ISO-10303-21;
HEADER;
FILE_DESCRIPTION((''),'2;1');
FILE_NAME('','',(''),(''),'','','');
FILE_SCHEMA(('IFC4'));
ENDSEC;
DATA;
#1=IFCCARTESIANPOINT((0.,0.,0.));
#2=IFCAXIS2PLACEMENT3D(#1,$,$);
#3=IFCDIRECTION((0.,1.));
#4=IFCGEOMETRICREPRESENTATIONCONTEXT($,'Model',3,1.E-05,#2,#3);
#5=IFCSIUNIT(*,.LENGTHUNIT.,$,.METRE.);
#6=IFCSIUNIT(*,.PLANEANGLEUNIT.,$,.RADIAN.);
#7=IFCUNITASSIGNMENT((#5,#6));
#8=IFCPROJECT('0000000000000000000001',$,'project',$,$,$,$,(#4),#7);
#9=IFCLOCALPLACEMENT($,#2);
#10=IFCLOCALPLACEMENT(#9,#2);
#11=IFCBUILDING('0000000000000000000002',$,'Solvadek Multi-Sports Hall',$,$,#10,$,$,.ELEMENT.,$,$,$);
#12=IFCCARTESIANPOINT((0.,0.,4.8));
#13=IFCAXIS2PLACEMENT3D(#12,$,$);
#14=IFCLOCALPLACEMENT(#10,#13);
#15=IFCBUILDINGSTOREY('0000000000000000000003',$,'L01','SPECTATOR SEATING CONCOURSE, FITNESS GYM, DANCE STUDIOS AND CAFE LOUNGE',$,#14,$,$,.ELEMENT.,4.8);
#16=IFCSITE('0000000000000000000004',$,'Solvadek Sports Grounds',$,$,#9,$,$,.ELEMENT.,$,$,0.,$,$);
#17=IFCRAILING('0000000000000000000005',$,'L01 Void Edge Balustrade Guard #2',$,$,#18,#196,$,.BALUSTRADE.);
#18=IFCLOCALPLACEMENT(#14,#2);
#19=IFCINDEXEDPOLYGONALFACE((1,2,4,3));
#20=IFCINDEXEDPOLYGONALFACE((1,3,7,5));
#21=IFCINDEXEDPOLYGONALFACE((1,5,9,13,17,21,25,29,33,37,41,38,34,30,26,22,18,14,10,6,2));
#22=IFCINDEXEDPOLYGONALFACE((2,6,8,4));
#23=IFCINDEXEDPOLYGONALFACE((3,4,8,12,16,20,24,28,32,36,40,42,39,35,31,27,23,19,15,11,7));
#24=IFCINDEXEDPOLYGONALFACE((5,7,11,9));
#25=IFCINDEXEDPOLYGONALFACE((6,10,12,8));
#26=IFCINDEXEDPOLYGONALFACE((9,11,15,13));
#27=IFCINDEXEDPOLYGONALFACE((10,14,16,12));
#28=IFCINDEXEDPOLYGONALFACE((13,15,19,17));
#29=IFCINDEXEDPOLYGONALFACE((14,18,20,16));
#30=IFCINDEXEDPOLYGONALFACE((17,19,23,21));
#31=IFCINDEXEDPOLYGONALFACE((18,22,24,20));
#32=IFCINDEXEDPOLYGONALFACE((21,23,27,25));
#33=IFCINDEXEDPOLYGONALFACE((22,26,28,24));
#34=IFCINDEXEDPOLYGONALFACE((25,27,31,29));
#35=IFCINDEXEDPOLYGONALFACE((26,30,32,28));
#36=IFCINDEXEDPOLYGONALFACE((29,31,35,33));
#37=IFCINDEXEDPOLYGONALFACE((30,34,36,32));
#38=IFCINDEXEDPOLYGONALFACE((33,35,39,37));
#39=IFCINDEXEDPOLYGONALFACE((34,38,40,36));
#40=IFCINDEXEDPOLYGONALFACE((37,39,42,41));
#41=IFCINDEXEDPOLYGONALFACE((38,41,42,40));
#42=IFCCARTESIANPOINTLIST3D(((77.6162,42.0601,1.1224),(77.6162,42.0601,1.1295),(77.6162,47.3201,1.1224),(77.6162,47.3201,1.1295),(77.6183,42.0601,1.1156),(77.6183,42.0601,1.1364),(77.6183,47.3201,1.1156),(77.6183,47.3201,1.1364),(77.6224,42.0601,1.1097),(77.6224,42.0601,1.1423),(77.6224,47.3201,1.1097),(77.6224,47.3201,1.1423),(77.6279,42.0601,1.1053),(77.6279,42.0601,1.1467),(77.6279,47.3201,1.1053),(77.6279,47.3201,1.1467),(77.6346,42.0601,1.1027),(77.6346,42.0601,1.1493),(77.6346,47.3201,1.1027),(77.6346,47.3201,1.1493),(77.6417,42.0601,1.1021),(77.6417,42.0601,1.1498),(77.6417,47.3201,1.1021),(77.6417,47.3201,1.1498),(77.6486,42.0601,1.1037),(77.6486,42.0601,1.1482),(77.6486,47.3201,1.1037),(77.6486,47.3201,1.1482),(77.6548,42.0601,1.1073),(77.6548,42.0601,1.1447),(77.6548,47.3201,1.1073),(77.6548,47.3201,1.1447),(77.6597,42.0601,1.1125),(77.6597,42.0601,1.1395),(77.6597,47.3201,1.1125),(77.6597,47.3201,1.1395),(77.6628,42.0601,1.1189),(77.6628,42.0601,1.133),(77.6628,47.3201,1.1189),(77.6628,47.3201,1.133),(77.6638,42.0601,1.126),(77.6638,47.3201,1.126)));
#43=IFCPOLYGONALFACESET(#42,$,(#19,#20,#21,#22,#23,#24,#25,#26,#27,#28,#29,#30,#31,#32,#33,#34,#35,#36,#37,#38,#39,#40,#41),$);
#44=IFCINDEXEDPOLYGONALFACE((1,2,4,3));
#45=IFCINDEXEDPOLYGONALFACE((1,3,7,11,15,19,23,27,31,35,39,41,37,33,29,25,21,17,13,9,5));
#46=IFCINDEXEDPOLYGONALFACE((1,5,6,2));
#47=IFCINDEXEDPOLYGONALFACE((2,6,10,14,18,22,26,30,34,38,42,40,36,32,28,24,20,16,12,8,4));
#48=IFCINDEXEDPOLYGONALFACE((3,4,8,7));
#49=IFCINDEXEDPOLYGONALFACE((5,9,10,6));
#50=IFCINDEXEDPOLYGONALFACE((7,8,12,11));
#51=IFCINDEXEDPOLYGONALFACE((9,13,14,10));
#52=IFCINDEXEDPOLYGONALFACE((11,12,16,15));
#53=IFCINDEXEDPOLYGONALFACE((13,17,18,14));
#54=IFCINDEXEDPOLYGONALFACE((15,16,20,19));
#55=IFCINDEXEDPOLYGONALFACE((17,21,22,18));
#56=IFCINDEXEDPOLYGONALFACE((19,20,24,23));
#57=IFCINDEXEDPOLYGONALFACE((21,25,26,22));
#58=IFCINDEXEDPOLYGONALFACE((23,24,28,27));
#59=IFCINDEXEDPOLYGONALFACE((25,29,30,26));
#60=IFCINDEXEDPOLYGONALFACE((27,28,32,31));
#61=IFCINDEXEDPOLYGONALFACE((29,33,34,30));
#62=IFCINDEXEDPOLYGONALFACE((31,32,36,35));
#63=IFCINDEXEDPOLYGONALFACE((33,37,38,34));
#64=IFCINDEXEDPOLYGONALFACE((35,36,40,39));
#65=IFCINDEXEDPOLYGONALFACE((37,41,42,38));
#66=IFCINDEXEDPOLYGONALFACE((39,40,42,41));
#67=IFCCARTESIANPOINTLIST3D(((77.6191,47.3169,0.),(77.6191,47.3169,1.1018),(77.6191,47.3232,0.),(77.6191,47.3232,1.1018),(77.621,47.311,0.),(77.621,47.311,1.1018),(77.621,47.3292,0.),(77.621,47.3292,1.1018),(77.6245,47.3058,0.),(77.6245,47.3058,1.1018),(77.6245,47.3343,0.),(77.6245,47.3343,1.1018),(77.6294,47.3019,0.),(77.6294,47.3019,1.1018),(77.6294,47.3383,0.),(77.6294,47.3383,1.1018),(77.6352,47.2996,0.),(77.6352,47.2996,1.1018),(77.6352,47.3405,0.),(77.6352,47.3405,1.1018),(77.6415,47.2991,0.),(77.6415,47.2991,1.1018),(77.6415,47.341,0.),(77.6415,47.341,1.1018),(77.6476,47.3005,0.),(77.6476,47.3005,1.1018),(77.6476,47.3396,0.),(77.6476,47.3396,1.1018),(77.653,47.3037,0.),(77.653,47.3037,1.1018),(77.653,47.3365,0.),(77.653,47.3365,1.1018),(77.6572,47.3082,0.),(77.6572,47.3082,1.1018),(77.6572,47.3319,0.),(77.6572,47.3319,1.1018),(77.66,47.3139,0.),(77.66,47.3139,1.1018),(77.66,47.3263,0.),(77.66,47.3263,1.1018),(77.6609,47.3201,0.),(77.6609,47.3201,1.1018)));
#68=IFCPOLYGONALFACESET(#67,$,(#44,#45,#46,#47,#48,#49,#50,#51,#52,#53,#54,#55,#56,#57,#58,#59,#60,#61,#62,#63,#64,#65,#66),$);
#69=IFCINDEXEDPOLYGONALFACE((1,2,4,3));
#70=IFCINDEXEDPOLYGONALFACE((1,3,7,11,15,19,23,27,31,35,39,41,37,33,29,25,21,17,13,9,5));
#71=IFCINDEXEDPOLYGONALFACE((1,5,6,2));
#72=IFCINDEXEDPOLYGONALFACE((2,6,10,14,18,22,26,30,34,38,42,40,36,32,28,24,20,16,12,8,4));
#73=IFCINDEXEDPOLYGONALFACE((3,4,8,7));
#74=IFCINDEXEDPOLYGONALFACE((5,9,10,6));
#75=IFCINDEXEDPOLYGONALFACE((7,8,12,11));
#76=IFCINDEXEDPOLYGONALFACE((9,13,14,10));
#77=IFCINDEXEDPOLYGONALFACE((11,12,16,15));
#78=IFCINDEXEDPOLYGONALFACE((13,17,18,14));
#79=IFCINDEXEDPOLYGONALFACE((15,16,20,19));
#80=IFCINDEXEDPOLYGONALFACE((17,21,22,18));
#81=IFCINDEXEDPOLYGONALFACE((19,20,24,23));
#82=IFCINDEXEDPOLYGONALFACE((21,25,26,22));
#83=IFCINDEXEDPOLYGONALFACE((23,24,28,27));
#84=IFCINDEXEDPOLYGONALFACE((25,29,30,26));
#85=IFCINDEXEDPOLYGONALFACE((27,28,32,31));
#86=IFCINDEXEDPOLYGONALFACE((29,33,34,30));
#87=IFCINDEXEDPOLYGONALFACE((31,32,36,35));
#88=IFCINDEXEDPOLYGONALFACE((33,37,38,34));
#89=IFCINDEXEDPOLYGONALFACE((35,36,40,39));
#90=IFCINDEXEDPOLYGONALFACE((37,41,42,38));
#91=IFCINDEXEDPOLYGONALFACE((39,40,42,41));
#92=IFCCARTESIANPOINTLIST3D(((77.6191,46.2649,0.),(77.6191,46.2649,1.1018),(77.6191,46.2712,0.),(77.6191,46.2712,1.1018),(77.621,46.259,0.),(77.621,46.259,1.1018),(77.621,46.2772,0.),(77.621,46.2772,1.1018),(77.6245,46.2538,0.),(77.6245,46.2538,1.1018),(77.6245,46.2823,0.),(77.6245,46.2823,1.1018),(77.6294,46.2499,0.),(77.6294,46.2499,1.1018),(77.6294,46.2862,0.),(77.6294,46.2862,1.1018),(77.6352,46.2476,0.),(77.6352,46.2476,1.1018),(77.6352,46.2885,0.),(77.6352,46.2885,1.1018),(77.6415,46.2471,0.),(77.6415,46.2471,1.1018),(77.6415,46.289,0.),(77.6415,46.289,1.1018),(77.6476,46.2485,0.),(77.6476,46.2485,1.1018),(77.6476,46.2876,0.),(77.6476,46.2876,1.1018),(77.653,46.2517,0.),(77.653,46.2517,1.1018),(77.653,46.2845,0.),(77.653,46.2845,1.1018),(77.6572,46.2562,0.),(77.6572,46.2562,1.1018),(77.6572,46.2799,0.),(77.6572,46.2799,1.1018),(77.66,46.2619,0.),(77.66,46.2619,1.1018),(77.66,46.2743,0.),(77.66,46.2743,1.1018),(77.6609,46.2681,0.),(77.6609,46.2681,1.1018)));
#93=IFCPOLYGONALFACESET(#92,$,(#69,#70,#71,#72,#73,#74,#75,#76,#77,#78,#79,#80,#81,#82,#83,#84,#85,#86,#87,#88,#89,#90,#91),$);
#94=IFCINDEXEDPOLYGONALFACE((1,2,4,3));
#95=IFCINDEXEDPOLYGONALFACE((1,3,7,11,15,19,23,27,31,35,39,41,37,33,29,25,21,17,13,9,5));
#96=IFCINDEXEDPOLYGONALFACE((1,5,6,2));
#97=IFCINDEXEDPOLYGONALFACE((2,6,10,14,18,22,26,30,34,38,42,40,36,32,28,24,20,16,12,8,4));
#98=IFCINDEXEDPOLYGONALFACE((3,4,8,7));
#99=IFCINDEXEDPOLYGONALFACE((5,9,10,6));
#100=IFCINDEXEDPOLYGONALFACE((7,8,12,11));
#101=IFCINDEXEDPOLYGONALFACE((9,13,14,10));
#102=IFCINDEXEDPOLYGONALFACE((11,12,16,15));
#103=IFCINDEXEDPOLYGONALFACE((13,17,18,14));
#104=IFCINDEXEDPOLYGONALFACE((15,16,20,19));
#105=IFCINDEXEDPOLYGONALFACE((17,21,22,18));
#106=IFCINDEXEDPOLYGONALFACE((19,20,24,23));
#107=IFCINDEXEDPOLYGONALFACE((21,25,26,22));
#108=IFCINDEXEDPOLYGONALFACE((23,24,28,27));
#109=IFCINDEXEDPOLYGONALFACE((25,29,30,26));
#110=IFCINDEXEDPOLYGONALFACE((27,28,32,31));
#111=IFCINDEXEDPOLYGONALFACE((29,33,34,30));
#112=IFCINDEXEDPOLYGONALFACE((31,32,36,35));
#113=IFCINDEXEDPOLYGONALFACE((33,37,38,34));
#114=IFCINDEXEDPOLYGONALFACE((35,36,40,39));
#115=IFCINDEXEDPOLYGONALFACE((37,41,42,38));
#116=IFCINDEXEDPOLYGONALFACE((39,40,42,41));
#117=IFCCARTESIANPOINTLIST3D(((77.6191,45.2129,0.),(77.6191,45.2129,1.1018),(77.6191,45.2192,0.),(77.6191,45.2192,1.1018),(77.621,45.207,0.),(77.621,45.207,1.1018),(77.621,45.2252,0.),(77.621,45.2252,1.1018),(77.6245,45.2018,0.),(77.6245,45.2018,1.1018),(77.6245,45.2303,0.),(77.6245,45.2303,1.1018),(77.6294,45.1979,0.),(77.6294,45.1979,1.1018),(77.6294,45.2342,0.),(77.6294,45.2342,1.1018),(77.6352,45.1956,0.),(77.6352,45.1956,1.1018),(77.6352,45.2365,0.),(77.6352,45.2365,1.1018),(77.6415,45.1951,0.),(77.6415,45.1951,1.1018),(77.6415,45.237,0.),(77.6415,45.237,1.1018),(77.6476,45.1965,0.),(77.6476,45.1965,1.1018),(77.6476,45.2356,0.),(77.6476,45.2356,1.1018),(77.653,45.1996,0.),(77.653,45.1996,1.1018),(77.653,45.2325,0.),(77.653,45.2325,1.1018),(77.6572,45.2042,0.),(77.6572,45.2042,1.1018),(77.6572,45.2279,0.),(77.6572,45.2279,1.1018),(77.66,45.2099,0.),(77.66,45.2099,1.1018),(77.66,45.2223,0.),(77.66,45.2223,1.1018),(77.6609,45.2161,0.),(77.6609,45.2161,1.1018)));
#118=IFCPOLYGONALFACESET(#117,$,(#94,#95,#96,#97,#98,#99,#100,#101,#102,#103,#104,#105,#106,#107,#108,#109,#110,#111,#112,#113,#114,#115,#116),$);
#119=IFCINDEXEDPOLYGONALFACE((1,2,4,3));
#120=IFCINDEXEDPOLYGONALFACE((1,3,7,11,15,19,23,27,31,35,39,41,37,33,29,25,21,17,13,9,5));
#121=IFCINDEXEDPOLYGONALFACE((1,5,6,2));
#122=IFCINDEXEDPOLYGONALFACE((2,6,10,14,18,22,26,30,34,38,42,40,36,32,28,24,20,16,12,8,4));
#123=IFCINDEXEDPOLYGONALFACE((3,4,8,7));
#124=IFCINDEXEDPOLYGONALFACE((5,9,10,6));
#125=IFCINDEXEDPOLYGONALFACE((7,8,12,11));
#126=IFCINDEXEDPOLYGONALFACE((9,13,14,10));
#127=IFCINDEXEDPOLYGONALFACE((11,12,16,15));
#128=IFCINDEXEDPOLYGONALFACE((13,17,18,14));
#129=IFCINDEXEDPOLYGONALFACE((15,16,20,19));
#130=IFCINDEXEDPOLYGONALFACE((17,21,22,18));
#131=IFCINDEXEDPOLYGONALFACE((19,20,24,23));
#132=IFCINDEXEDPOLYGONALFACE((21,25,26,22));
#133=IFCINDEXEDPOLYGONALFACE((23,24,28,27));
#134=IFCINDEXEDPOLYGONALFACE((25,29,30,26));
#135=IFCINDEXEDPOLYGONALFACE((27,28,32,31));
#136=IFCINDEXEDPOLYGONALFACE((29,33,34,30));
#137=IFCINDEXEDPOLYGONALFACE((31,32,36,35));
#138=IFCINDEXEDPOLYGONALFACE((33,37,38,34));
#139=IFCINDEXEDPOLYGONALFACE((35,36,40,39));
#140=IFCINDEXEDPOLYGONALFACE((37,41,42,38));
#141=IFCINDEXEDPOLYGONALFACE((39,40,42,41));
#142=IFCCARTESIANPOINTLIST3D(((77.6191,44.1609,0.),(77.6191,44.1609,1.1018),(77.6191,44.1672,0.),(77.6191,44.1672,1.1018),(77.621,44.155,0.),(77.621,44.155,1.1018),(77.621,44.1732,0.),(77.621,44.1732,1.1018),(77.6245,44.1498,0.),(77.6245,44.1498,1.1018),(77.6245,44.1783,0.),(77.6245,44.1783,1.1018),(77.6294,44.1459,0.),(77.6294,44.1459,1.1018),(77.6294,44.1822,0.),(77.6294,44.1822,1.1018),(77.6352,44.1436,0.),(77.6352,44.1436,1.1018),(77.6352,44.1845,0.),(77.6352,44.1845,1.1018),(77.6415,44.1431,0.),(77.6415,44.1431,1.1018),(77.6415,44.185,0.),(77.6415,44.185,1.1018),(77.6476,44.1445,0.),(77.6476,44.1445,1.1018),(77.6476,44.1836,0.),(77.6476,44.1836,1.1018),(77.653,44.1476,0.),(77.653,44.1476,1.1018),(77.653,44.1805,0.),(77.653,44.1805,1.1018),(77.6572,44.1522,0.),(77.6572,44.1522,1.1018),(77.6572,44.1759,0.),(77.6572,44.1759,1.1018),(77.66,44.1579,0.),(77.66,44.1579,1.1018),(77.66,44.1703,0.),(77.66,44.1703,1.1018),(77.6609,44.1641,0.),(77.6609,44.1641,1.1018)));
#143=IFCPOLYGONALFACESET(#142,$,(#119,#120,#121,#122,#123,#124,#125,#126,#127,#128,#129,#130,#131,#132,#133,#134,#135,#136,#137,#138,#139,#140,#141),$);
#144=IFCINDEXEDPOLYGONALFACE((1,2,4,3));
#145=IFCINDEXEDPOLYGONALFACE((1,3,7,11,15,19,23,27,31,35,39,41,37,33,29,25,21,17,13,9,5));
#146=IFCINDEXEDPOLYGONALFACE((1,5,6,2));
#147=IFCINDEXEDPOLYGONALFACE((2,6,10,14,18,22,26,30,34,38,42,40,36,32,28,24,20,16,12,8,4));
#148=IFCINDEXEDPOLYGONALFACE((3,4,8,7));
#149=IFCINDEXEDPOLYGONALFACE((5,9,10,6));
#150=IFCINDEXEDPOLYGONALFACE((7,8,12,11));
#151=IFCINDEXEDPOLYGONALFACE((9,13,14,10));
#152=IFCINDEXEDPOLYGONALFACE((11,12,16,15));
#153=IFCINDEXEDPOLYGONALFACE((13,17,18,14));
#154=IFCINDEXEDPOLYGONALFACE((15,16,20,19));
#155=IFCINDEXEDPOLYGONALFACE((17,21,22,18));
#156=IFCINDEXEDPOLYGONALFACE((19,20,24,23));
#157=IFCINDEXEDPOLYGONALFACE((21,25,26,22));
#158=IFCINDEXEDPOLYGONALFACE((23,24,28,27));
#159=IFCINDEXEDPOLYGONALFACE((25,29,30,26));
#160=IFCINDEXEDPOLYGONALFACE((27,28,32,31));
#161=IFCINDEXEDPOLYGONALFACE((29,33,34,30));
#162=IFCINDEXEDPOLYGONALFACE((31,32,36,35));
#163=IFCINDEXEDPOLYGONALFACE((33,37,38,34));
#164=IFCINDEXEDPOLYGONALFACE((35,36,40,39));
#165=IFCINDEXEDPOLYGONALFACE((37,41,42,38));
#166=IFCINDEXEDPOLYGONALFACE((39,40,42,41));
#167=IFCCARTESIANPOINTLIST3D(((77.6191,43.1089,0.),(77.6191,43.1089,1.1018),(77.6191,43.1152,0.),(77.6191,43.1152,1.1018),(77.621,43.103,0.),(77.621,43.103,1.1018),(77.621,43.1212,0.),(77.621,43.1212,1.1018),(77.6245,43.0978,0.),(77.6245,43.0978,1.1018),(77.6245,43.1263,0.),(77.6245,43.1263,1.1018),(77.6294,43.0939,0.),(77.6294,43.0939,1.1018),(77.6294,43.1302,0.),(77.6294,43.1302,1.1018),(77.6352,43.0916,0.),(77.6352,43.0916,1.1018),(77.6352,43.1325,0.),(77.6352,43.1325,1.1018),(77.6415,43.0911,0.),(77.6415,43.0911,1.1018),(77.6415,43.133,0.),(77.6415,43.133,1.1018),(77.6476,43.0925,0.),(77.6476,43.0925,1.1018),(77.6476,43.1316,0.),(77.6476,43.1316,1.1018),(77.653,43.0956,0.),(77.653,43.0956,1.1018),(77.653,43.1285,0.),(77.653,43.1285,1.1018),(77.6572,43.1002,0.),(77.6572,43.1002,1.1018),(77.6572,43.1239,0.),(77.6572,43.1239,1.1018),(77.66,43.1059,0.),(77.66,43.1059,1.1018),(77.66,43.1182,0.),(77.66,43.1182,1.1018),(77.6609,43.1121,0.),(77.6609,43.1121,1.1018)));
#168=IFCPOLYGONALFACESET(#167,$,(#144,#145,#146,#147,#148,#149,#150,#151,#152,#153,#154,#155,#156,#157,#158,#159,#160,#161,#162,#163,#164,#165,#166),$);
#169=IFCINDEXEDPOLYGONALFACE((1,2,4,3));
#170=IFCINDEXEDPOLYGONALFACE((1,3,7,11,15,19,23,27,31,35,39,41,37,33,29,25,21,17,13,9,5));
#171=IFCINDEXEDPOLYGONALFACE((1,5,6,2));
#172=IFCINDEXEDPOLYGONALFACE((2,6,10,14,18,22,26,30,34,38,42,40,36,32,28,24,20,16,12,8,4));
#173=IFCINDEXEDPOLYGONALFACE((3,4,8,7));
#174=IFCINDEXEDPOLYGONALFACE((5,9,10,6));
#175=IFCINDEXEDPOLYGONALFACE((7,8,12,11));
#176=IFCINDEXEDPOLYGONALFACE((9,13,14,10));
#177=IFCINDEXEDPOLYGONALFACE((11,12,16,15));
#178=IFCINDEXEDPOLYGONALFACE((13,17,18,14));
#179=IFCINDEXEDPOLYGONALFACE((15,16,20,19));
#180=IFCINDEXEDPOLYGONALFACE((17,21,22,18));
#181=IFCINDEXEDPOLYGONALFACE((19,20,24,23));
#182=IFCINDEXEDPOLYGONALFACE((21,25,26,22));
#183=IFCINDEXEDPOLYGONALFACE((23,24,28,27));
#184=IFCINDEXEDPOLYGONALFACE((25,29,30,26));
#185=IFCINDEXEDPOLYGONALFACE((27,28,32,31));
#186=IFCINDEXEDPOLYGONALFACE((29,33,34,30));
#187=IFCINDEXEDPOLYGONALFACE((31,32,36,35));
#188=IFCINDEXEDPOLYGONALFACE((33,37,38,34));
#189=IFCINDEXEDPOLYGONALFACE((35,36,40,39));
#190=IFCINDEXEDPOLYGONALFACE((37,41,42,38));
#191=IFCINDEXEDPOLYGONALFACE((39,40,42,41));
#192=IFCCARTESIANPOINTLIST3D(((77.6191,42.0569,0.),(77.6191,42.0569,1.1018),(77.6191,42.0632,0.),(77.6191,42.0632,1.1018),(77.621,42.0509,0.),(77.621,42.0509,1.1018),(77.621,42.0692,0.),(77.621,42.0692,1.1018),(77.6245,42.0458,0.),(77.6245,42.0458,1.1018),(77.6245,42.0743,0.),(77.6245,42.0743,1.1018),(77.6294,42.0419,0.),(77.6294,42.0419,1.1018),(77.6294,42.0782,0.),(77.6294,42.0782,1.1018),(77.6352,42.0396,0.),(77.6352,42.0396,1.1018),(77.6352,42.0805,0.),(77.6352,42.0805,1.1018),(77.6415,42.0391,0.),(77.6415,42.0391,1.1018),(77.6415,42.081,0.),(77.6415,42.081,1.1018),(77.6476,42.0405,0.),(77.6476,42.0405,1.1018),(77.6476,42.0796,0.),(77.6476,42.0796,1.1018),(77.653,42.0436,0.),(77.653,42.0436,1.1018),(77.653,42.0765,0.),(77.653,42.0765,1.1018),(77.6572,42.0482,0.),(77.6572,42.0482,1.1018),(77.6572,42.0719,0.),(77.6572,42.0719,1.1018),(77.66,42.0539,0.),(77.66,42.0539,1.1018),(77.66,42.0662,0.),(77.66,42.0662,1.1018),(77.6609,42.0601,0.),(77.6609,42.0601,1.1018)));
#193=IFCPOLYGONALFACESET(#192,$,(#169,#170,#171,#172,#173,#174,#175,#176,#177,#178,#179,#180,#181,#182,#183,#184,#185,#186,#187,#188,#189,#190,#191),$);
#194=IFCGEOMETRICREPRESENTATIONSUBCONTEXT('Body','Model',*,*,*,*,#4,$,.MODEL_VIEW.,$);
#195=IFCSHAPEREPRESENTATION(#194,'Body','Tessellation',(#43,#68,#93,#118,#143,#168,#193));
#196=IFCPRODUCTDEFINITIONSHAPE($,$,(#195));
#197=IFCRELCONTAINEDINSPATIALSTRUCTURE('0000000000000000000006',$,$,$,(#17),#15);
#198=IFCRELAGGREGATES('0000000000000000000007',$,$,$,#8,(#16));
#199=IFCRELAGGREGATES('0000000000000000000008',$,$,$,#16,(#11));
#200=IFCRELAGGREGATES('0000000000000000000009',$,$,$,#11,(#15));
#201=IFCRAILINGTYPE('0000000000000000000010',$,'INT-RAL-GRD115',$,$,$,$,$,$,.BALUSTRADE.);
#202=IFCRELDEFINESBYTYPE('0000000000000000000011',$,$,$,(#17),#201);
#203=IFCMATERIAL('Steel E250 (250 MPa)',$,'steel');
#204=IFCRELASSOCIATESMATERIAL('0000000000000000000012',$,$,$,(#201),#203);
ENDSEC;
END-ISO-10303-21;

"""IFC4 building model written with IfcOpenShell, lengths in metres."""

from ifc_helpers import new_model, si_unit, direction, frame, origin, origin_2d, place, context, subcontext, project, spatial, circle, extrude, material, type_object, element, save


model = new_model("IFC4")

# Units and contexts
model_context = context("Model", 3, precision=1e-05, world=origin(), true_north=direction((0.0, 1.0)))
body_context = subcontext(model_context, "Body", "Model", "MODEL_VIEW")
ifc_project = project(units=[si_unit("LENGTHUNIT", "METRE"), si_unit("PLANEANGLEUNIT", "RADIAN")], contexts=[model_context])

# Site, building, storey
site_placement = place(None, origin())
site = spatial("IfcSite", under=ifc_project, at=site_placement, Name="Solvadek Sports Grounds", CompositionType="ELEMENT", RefElevation=0.0)
building_placement = place(site_placement, origin())
building = spatial("IfcBuilding", under=site, at=building_placement, Name="Solvadek Multi-Sports Hall", CompositionType="ELEMENT")
storey_placement = place(building_placement, frame((0.0, 0.0, 4.8)))
storey = spatial("IfcBuildingStorey", under=building, at=storey_placement, Name="L01", Description="SPECTATOR SEATING CONCOURSE, FITNESS GYM, DANCE STUDIOS AND CAFE LOUNGE", CompositionType="ELEMENT", Elevation=4.8)

# Shared definitions
ifc_material_1 = material(Name="Steel E250 (250 MPa)", Category="steel")

# Railing
railing_type = type_object("IfcRailingType", Name="INT-RAL-GRD115", PredefinedType="BALUSTRADE", material=ifc_material_1)
for number, where, name in (
    (1, (77.6399, 47.3201, 0.0), "L01 Void Edge Balustrade Guard #2"),
):
    element("IfcRailing", number, at=place(storey_placement, frame(where)), inside=storey, type_object=railing_type, Name=name, PredefinedType="BALUSTRADE", context=body_context, shape_type="SweptSolid", body=[
        extrude(circle(Radius=0.0239, at=origin_2d()), frame((0.0, 0.0, 1.126), z_axis=(0.0, -1.0, 0.0), x_axis=(1.0, 0.0, 0.0)), (0.0, 0.0, 1.0), 5.26),
        extrude(circle(Radius=0.021, at=origin_2d()), origin(), (0.0, 0.0, 1.0), 1.1018),
        extrude(circle(Radius=0.021, at=origin_2d()), frame((0.0, -1.052, 0.0)), (0.0, 0.0, 1.0), 1.1018),
        extrude(circle(Radius=0.021, at=origin_2d()), frame((0.0, -2.104, 0.0)), (0.0, 0.0, 1.0), 1.1018),
        extrude(circle(Radius=0.021, at=origin_2d()), frame((0.0, -3.156, 0.0)), (0.0, 0.0, 1.0), 1.1018),
        extrude(circle(Radius=0.021, at=origin_2d()), frame((0.0, -4.208, 0.0)), (0.0, 0.0, 1.0), 1.1018),
        extrude(circle(Radius=0.021, at=origin_2d()), frame((0.0, -5.26, 0.0)), (0.0, 0.0, 1.0), 1.1018),
    ])

save(model, "model.ifc")
